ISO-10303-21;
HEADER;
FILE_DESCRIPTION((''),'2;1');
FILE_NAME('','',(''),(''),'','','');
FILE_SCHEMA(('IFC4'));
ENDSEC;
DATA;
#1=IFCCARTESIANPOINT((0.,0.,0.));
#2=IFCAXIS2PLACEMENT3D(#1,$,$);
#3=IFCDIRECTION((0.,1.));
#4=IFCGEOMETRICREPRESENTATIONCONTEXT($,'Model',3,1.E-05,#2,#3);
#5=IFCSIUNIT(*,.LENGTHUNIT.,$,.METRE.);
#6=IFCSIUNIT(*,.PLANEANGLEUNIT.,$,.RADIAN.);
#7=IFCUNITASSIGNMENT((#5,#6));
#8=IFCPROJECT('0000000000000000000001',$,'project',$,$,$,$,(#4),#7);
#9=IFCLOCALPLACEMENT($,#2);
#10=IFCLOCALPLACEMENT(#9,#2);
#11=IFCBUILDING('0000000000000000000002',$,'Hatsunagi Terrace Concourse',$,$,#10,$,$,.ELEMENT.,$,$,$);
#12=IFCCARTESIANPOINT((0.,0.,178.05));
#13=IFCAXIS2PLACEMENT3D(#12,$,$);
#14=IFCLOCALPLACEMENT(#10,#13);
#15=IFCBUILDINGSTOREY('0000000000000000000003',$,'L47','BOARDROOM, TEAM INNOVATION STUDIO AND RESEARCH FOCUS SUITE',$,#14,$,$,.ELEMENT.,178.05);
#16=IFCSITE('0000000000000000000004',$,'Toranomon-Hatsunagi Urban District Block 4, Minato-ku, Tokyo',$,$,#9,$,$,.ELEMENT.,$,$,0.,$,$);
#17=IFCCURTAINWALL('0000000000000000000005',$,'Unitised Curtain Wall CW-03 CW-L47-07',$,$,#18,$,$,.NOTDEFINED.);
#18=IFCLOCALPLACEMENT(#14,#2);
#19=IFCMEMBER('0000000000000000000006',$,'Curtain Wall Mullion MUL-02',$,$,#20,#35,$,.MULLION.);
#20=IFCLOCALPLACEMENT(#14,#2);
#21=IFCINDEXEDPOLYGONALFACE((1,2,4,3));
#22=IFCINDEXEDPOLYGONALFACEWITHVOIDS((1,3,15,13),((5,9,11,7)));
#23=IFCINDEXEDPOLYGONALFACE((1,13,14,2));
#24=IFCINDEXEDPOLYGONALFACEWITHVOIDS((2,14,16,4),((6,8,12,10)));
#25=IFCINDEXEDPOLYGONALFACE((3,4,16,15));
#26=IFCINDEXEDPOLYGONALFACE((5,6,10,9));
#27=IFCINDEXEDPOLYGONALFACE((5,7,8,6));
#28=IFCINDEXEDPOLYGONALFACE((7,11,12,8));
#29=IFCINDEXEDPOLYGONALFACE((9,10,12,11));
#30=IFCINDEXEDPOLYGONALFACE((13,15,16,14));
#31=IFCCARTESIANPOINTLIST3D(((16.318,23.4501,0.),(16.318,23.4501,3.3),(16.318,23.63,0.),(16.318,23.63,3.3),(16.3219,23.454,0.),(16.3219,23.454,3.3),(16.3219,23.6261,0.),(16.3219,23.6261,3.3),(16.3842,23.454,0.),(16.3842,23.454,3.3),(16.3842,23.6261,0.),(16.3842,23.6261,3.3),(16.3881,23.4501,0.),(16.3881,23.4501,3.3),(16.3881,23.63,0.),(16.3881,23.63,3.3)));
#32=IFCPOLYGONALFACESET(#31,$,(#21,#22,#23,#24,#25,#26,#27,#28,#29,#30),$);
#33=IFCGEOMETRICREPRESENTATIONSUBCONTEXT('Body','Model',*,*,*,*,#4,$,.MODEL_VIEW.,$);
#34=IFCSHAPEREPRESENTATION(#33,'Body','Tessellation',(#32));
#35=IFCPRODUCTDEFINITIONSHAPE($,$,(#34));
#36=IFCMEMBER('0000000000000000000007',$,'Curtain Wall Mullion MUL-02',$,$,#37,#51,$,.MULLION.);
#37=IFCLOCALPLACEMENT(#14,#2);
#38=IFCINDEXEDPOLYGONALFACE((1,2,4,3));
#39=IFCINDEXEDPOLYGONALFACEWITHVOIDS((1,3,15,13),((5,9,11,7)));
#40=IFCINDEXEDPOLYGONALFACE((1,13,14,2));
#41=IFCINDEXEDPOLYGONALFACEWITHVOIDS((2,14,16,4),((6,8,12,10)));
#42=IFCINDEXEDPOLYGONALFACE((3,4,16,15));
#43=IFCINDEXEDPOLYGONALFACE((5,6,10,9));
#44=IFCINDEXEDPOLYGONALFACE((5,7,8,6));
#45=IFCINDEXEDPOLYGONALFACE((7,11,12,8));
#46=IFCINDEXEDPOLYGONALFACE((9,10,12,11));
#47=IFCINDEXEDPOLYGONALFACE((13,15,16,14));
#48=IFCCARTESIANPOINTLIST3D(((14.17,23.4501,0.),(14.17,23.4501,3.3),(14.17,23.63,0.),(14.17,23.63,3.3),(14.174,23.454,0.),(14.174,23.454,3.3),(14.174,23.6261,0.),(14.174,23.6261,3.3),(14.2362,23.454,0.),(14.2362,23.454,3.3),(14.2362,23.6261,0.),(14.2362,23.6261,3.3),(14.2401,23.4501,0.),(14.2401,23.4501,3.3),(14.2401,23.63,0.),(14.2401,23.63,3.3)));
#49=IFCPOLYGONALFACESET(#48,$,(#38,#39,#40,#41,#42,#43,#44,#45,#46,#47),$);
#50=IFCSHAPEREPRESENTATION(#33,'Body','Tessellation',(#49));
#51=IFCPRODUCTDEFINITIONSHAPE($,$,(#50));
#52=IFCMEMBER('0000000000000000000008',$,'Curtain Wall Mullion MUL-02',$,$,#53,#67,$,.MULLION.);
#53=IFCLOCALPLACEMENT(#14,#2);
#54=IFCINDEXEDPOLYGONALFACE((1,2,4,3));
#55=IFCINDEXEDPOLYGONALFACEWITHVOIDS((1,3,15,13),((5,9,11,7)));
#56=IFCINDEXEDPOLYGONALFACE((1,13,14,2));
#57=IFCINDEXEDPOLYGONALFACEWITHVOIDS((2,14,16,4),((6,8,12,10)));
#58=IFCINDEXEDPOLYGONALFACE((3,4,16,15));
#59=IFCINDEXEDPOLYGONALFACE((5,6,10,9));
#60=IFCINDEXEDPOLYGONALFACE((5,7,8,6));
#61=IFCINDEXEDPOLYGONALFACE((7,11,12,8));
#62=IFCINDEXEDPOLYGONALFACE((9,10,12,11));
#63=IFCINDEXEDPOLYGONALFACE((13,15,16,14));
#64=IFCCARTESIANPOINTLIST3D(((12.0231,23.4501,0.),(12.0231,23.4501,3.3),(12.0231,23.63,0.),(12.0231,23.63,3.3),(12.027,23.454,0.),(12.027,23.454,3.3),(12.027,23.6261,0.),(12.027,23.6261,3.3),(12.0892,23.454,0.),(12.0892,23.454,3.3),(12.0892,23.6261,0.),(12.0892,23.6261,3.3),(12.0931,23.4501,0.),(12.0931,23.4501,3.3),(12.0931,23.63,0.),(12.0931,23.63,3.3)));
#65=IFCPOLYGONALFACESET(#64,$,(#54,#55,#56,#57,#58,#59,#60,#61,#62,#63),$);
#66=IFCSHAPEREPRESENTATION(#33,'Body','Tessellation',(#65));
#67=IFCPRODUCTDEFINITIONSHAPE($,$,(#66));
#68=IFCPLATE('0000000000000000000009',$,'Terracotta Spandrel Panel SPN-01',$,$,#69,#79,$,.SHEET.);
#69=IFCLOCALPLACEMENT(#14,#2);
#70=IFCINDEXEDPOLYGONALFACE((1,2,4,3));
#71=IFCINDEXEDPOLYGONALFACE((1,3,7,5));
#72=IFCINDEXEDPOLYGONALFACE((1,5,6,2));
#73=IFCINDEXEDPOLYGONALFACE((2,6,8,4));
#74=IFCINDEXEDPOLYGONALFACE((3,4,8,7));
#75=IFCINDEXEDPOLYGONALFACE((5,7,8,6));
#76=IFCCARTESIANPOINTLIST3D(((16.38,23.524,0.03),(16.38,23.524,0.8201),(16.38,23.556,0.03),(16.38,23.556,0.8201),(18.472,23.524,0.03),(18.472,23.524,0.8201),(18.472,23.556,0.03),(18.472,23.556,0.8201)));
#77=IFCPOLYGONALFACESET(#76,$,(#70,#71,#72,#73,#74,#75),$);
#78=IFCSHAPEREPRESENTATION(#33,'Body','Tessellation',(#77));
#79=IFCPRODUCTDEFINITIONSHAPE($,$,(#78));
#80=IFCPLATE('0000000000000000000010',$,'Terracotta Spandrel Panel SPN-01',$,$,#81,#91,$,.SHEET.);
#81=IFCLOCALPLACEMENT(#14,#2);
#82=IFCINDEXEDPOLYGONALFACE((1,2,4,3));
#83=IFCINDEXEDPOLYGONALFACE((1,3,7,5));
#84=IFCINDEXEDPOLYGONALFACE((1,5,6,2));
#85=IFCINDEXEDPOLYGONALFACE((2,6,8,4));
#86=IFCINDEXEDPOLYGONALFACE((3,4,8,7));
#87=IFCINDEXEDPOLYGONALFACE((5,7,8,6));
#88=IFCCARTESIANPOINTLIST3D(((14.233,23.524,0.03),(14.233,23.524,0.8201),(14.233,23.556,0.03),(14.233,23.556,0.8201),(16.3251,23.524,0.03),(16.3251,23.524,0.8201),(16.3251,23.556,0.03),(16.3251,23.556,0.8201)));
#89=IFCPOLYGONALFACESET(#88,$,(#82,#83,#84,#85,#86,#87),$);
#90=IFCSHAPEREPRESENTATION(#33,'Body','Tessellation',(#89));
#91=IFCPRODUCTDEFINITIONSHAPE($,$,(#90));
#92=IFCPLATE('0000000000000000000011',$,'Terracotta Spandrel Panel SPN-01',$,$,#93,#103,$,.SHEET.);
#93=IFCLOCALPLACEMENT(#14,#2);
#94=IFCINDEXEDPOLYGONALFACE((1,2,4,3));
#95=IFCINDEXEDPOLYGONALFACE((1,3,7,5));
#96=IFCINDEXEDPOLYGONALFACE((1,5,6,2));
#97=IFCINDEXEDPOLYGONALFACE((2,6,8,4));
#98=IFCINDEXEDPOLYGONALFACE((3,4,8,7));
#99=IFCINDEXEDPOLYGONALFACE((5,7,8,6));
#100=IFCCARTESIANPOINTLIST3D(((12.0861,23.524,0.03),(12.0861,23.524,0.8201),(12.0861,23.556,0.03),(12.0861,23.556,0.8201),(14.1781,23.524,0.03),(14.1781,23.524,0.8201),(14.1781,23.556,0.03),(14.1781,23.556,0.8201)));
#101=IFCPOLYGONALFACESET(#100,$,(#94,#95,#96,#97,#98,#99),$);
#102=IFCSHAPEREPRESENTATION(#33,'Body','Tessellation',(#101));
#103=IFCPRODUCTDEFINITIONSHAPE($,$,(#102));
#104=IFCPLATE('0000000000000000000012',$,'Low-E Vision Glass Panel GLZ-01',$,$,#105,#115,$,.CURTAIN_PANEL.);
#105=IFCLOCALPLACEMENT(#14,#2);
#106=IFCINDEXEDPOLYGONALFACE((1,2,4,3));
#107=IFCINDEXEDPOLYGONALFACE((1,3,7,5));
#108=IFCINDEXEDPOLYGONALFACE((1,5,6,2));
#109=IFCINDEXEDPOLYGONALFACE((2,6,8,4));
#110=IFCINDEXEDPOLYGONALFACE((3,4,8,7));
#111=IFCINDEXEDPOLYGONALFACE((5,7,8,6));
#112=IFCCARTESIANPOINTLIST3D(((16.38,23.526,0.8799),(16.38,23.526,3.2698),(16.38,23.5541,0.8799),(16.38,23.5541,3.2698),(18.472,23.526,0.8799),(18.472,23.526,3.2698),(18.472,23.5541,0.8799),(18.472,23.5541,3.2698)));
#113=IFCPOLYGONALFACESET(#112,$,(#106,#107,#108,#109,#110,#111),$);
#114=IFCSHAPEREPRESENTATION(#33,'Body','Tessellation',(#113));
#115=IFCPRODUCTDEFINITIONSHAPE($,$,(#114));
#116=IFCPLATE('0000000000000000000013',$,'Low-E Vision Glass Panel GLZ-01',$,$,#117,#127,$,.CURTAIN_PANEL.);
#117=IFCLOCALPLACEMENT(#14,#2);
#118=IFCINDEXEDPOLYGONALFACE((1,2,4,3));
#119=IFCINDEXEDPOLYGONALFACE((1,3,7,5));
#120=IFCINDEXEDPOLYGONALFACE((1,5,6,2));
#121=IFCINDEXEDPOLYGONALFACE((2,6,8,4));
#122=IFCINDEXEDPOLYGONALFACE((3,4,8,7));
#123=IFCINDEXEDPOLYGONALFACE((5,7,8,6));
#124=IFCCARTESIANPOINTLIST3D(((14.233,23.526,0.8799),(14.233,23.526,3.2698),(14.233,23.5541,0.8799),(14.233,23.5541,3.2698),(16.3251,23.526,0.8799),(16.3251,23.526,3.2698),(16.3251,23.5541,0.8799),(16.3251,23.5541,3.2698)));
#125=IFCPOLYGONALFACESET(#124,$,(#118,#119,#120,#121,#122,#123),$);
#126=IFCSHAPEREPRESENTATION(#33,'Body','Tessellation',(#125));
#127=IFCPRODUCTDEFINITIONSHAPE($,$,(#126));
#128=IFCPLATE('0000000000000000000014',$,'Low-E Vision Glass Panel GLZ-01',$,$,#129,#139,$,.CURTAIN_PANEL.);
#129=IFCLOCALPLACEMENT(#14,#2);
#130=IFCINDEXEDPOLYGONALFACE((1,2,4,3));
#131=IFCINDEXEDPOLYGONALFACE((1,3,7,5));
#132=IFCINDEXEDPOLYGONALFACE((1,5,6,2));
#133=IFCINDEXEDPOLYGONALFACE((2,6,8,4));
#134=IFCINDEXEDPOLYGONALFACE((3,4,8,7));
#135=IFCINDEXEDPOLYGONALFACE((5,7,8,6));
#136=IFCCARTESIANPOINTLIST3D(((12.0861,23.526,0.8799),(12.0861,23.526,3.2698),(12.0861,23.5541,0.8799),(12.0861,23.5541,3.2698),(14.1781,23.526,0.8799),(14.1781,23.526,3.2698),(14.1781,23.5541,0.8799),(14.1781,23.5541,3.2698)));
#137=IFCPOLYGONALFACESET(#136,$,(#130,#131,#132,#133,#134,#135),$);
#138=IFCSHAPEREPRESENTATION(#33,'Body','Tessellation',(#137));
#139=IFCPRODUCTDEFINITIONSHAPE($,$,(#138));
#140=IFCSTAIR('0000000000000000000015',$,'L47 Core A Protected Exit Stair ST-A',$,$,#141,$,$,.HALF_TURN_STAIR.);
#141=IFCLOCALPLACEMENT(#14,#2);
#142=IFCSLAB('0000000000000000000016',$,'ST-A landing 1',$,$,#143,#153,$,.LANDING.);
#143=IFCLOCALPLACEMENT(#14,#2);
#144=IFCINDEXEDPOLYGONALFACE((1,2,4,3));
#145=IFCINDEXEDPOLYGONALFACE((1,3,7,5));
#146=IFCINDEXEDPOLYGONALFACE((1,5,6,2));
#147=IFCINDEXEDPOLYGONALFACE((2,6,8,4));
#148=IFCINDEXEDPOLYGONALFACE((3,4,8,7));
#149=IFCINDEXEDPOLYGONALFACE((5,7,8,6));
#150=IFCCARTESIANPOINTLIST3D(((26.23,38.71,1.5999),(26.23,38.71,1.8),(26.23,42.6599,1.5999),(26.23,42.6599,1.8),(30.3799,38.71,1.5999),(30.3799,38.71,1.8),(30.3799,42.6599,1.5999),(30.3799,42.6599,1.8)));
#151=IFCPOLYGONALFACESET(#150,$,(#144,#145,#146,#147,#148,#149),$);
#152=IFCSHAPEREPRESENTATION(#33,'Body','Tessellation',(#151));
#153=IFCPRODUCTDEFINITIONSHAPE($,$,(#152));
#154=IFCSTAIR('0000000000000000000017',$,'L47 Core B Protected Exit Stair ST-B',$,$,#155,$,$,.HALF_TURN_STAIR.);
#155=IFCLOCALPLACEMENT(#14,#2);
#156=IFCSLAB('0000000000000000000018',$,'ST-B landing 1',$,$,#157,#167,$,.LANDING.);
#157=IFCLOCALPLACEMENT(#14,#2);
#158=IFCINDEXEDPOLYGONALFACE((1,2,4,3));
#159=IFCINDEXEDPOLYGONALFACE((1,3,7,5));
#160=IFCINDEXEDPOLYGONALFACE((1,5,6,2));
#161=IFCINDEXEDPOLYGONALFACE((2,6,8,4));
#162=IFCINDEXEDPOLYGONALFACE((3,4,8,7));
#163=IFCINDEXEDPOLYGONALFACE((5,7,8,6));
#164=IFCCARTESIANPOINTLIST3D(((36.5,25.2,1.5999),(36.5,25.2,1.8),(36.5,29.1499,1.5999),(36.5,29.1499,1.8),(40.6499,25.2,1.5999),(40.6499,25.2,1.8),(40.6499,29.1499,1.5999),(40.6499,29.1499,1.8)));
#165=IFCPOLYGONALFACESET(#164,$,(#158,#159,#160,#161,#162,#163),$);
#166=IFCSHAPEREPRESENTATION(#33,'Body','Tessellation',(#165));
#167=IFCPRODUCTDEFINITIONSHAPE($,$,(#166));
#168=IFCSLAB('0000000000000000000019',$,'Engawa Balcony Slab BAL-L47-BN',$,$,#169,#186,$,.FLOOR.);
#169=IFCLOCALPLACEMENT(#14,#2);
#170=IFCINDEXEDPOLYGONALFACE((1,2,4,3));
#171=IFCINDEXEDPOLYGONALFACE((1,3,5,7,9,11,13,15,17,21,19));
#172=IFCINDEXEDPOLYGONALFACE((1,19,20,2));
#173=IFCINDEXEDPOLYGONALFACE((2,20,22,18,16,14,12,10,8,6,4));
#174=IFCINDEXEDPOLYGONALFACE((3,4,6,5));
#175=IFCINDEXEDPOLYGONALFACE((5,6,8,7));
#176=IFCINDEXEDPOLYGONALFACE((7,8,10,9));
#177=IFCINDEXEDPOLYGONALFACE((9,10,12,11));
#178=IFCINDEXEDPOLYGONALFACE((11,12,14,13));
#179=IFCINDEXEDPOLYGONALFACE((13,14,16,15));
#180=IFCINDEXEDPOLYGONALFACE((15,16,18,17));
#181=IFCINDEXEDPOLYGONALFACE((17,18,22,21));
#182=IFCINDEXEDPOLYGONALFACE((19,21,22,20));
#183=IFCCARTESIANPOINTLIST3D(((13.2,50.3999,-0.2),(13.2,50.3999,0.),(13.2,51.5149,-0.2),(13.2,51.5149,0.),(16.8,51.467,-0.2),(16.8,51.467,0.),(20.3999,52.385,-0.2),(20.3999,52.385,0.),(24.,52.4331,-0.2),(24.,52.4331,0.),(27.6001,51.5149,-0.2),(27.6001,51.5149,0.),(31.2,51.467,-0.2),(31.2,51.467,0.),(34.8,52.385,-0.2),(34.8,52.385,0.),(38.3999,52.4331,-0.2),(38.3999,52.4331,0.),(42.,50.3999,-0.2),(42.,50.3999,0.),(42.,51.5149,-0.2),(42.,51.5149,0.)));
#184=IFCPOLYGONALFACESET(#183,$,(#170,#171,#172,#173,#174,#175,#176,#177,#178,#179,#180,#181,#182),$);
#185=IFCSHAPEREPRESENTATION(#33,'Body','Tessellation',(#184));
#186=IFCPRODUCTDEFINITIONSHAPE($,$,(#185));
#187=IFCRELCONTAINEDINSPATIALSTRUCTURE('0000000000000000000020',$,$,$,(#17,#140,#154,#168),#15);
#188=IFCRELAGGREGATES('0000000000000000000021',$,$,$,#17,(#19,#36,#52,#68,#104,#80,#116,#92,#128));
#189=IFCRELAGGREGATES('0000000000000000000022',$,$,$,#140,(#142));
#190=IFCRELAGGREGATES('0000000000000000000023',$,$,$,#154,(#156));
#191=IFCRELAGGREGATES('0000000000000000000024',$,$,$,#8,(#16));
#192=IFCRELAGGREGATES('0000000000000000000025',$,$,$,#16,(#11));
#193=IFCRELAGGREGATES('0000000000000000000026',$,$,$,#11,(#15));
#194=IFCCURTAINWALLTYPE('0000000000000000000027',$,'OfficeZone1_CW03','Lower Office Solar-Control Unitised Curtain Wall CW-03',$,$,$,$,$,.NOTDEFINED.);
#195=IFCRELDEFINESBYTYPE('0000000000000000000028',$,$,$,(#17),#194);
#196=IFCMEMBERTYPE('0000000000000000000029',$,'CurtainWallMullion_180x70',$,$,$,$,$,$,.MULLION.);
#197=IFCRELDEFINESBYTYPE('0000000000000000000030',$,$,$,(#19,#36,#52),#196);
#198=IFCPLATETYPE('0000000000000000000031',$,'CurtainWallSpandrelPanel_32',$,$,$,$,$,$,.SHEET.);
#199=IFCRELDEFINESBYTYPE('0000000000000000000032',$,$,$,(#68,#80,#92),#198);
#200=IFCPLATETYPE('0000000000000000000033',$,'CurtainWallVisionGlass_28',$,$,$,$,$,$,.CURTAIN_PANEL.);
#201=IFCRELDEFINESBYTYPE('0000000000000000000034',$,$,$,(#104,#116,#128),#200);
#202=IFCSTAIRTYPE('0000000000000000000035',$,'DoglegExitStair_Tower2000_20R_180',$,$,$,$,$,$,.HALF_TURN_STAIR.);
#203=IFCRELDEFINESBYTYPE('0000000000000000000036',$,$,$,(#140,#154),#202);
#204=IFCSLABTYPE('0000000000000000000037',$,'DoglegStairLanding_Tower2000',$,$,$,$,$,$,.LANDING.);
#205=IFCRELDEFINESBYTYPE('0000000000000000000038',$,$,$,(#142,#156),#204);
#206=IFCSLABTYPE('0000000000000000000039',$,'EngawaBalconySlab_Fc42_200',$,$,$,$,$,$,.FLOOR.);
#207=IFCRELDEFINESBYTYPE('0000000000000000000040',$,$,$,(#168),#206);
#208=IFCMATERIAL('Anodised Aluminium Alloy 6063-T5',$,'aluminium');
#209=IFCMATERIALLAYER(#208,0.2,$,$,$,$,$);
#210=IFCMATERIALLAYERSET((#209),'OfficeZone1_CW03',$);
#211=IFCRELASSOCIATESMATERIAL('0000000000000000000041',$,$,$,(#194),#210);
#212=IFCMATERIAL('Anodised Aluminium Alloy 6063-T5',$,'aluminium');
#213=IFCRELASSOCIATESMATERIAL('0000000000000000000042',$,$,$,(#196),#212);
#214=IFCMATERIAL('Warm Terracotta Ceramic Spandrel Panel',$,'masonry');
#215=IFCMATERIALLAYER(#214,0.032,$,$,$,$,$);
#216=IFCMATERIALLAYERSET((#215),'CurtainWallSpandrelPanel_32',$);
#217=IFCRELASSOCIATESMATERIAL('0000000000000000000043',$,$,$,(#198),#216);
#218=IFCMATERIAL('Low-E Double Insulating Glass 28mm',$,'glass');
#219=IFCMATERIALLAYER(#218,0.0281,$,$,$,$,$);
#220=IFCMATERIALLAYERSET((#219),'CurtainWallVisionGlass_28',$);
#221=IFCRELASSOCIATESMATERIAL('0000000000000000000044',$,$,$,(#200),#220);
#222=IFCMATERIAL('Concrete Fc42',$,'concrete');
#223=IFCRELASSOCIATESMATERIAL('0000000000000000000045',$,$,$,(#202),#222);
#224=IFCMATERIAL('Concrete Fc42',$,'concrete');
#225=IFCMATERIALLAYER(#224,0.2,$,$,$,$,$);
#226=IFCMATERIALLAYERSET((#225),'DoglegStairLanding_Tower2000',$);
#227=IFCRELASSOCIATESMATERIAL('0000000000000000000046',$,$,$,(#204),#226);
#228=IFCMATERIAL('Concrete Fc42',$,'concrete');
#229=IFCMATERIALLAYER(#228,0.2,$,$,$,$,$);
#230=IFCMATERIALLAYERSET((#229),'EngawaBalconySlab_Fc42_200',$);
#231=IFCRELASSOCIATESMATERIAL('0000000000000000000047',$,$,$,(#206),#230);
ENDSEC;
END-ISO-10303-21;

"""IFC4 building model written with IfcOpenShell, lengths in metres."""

from ifc_helpers import new_model, si_unit, direction, frame, origin, origin_2d, place, context, subcontext, project, spatial, polyline, rectangle, hollow_rectangle, outline, extrude, material, layer, layer_set, material_profile, profile_set, type_object, element, aggregate, save


model = new_model("IFC4")

# Units and contexts
model_context = context("Model", 3, precision=1e-05, world=origin(), true_north=direction((0.0, 1.0)))
body_context = subcontext(model_context, "Body", "Model", "MODEL_VIEW")
ifc_project = project(units=[si_unit("LENGTHUNIT", "METRE"), si_unit("PLANEANGLEUNIT", "RADIAN")], contexts=[model_context])

# Site, building, storey
site_placement = place(None, origin())
site = spatial("IfcSite", under=ifc_project, at=site_placement, Name="Toranomon-Hatsunagi Urban District Block 4, Minato-ku, Tokyo", CompositionType="ELEMENT", RefElevation=0.0)
building_placement = place(site_placement, origin())
building = spatial("IfcBuilding", under=site, at=building_placement, Name="Hatsunagi Terrace Concourse", CompositionType="ELEMENT")
storey_placement = place(building_placement, frame((0.0, 0.0, 178.05)))
storey = spatial("IfcBuildingStorey", under=building, at=storey_placement, Name="L47", Description="BOARDROOM, TEAM INNOVATION STUDIO AND RESEARCH FOCUS SUITE", CompositionType="ELEMENT", Elevation=178.05)

# Curtain wall, members, plates
ifc_material_1 = material(Name="Anodised Aluminium Alloy 6063-T5", Category="aluminium")
ifc_layer_1 = layer(ifc_material_1, 0.2)
ifc_layer_set_1 = layer_set([ifc_layer_1], Name="OfficeZone1_CW03")
curtain_wall_type = type_object("IfcCurtainWallType", Name="OfficeZone1_CW03", Description="Lower Office Solar-Control Unitised Curtain Wall CW-03", PredefinedType="NOTDEFINED", material=ifc_layer_set_1)
curtain_wall_placement = place(storey_placement, origin())
curtain_wall = element("IfcCurtainWall", 1, at=curtain_wall_placement, inside=storey, type_object=curtain_wall_type, Name="Unitised Curtain Wall CW-03 CW-L47-07", PredefinedType="NOTDEFINED")
ifc_material_2 = material(Name="Anodised Aluminium Alloy 6063-T5", Category="aluminium")
ifc_material_profile = material_profile(ifc_material_2, hollow_rectangle(XDim=0.0701, YDim=0.1799, WallThickness=0.0039, at=origin_2d()), Name="ALU-MUL-180x70x4")
ifc_profile_set = profile_set([ifc_material_profile], Name="Anodised Aluminium Alloy 6063-T5")
member_type = type_object("IfcMemberType", Name="CurtainWallMullion_180x70", PredefinedType="MULLION", material=ifc_profile_set)
member_1_placement = place(storey_placement, frame((16.353, 23.54, 0.0), z_axis=(0.0, 0.0, 1.0), x_axis=(-1.0, 0.0, 0.0)))
member_1 = element("IfcMember", 2, at=member_1_placement, type_object=member_type, Name="Curtain Wall Mullion MUL-02", PredefinedType="MULLION", context=body_context, shape_type="SweptSolid", body=[
    extrude(hollow_rectangle(XDim=0.0701, YDim=0.1799, WallThickness=0.0039, at=origin_2d()), origin(), (0.0, 0.0, 1.0), 3.3),
])
member_2_placement = place(storey_placement, frame((14.2051, 23.54, 0.0), z_axis=(0.0, 0.0, 1.0), x_axis=(-1.0, 0.0, 0.0)))
member_2 = element("IfcMember", 3, at=member_2_placement, type_object=member_type, Name="Curtain Wall Mullion MUL-02", PredefinedType="MULLION", context=body_context, shape_type="SweptSolid", body=[
    extrude(hollow_rectangle(XDim=0.0701, YDim=0.1799, WallThickness=0.0039, at=origin_2d()), origin(), (0.0, 0.0, 1.0), 3.3),
])
member_3_placement = place(storey_placement, frame((12.0581, 23.54, 0.0), z_axis=(0.0, 0.0, 1.0), x_axis=(-1.0, 0.0, 0.0)))
member_3 = element("IfcMember", 4, at=member_3_placement, type_object=member_type, Name="Curtain Wall Mullion MUL-02", PredefinedType="MULLION", context=body_context, shape_type="SweptSolid", body=[
    extrude(hollow_rectangle(XDim=0.0701, YDim=0.1799, WallThickness=0.0039, at=origin_2d()), origin(), (0.0, 0.0, 1.0), 3.3),
])
ifc_material_3 = material(Name="Warm Terracotta Ceramic Spandrel Panel", Category="masonry")
ifc_layer_2 = layer(ifc_material_3, 0.032)
ifc_layer_set_2 = layer_set([ifc_layer_2], Name="CurtainWallSpandrelPanel_32")
plate_type_1 = type_object("IfcPlateType", Name="CurtainWallSpandrelPanel_32", PredefinedType="SHEET", material=ifc_layer_set_2)
plate_1_placement = place(storey_placement, frame((17.426, 23.54, 0.03), z_axis=(0.0, 0.0, 1.0), x_axis=(-1.0, 0.0, 0.0)))
plate_1 = element("IfcPlate", 5, at=plate_1_placement, type_object=plate_type_1, Name="Terracotta Spandrel Panel SPN-01", PredefinedType="SHEET", context=body_context, shape_type="SweptSolid", body=[
    extrude(rectangle(XDim=2.092, YDim=0.032, at=origin_2d()), origin(), (0.0, 0.0, 1.0), 0.79),
])
plate_2_placement = place(storey_placement, frame((15.2791, 23.54, 0.03), z_axis=(0.0, 0.0, 1.0), x_axis=(-1.0, 0.0, 0.0)))
plate_2 = element("IfcPlate", 6, at=plate_2_placement, type_object=plate_type_1, Name="Terracotta Spandrel Panel SPN-01", PredefinedType="SHEET", context=body_context, shape_type="SweptSolid", body=[
    extrude(rectangle(XDim=2.092, YDim=0.032, at=origin_2d()), origin(), (0.0, 0.0, 1.0), 0.79),
])
plate_3_placement = place(storey_placement, frame((13.1321, 23.54, 0.03), z_axis=(0.0, 0.0, 1.0), x_axis=(-1.0, 0.0, 0.0)))
plate_3 = element("IfcPlate", 7, at=plate_3_placement, type_object=plate_type_1, Name="Terracotta Spandrel Panel SPN-01", PredefinedType="SHEET", context=body_context, shape_type="SweptSolid", body=[
    extrude(rectangle(XDim=2.092, YDim=0.032, at=origin_2d()), origin(), (0.0, 0.0, 1.0), 0.79),
])
ifc_material_4 = material(Name="Low-E Double Insulating Glass 28mm", Category="glass")
ifc_layer_3 = layer(ifc_material_4, 0.0281)
ifc_layer_set_3 = layer_set([ifc_layer_3], Name="CurtainWallVisionGlass_28")
plate_type_2 = type_object("IfcPlateType", Name="CurtainWallVisionGlass_28", PredefinedType="CURTAIN_PANEL", material=ifc_layer_set_3)
plate_4_placement = place(storey_placement, frame((17.426, 23.54, 0.8799), z_axis=(0.0, 0.0, 1.0), x_axis=(-1.0, 0.0, 0.0)))
plate_4 = element("IfcPlate", 8, at=plate_4_placement, type_object=plate_type_2, Name="Low-E Vision Glass Panel GLZ-01", PredefinedType="CURTAIN_PANEL", context=body_context, shape_type="SweptSolid", body=[
    extrude(rectangle(XDim=2.092, YDim=0.0281, at=origin_2d()), origin(), (0.0, 0.0, 1.0), 2.3899),
])
plate_5_placement = place(storey_placement, frame((15.2791, 23.54, 0.8799), z_axis=(0.0, 0.0, 1.0), x_axis=(-1.0, 0.0, 0.0)))
plate_5 = element("IfcPlate", 9, at=plate_5_placement, type_object=plate_type_2, Name="Low-E Vision Glass Panel GLZ-01", PredefinedType="CURTAIN_PANEL", context=body_context, shape_type="SweptSolid", body=[
    extrude(rectangle(XDim=2.092, YDim=0.0281, at=origin_2d()), origin(), (0.0, 0.0, 1.0), 2.3899),
])
plate_6_placement = place(storey_placement, frame((13.1321, 23.54, 0.8799), z_axis=(0.0, 0.0, 1.0), x_axis=(-1.0, 0.0, 0.0)))
plate_6 = element("IfcPlate", 10, at=plate_6_placement, type_object=plate_type_2, Name="Low-E Vision Glass Panel GLZ-01", PredefinedType="CURTAIN_PANEL", context=body_context, shape_type="SweptSolid", body=[
    extrude(rectangle(XDim=2.092, YDim=0.0281, at=origin_2d()), origin(), (0.0, 0.0, 1.0), 2.3899),
])
aggregate(curtain_wall, [member_1, member_2, member_3, plate_1, plate_4, plate_2, plate_5, plate_3, plate_6])

# Stairs, slabs
ifc_material_5 = material(Name="Concrete Fc42", Category="concrete")
stair_type = type_object("IfcStairType", Name="DoglegExitStair_Tower2000_20R_180", PredefinedType="HALF_TURN_STAIR", material=ifc_material_5)
stair_1_placement = place(storey_placement, origin())
stair_1 = element("IfcStair", 11, at=stair_1_placement, inside=storey, type_object=stair_type, Name="L47 Core A Protected Exit Stair ST-A", PredefinedType="HALF_TURN_STAIR")
ifc_material_6 = material(Name="Concrete Fc42", Category="concrete")
ifc_layer_4 = layer(ifc_material_6, 0.2)
ifc_layer_set_4 = layer_set([ifc_layer_4], Name="DoglegStairLanding_Tower2000")
slab_type_1 = type_object("IfcSlabType", Name="DoglegStairLanding_Tower2000", PredefinedType="LANDING", material=ifc_layer_set_4)
slab_1_placement = place(storey_placement, frame((0.0, 0.0, 1.5999)))
slab_1 = element("IfcSlab", 12, at=slab_1_placement, type_object=slab_type_1, Name="ST-A landing 1", PredefinedType="LANDING", context=body_context, shape_type="SweptSolid", body=[
    extrude(outline(polyline([(30.3799, 38.71), (30.3799, 42.6599), (26.23, 42.6599), (26.23, 38.71), (30.3799, 38.71)])), origin(), (0.0, 0.0, 1.0), 0.2002),
])
aggregate(stair_1, [slab_1])
stair_2_placement = place(storey_placement, origin())
stair_2 = element("IfcStair", 13, at=stair_2_placement, inside=storey, type_object=stair_type, Name="L47 Core B Protected Exit Stair ST-B", PredefinedType="HALF_TURN_STAIR")
slab_2_placement = place(storey_placement, frame((0.0, 0.0, 1.5999)))
slab_2 = element("IfcSlab", 14, at=slab_2_placement, type_object=slab_type_1, Name="ST-B landing 1", PredefinedType="LANDING", context=body_context, shape_type="SweptSolid", body=[
    extrude(outline(polyline([(36.5, 29.1499), (36.5, 25.2), (40.6499, 25.2), (40.6499, 29.1499), (36.5, 29.1499)])), origin(), (0.0, 0.0, 1.0), 0.2002),
])
aggregate(stair_2, [slab_2])

# Slab
ifc_material_7 = material(Name="Concrete Fc42", Category="concrete")
ifc_layer_5 = layer(ifc_material_7, 0.2)
ifc_layer_set_5 = layer_set([ifc_layer_5], Name="EngawaBalconySlab_Fc42_200")
slab_type_2 = type_object("IfcSlabType", Name="EngawaBalconySlab_Fc42_200", PredefinedType="FLOOR", material=ifc_layer_set_5)
slab_3_placement = place(storey_placement, frame((0.0, 0.0, -0.2)))
element("IfcSlab", 15, at=slab_3_placement, inside=storey, type_object=slab_type_2, Name="Engawa Balcony Slab BAL-L47-BN", PredefinedType="FLOOR", context=body_context, shape_type="SweptSolid", body=[
    extrude(outline(polyline([(13.2, 51.5149), (13.2, 50.3999), (42.0, 50.3999), (42.0, 51.5149), (38.3999, 52.4331), (34.8, 52.385), (31.2, 51.467), (27.6001, 51.5149), (24.0, 52.4331), (20.3999, 52.385), (16.8, 51.467), (13.2, 51.5149)])), origin(), (0.0, 0.0, 1.0), 0.2),
])

save(model, "model.ifc")
